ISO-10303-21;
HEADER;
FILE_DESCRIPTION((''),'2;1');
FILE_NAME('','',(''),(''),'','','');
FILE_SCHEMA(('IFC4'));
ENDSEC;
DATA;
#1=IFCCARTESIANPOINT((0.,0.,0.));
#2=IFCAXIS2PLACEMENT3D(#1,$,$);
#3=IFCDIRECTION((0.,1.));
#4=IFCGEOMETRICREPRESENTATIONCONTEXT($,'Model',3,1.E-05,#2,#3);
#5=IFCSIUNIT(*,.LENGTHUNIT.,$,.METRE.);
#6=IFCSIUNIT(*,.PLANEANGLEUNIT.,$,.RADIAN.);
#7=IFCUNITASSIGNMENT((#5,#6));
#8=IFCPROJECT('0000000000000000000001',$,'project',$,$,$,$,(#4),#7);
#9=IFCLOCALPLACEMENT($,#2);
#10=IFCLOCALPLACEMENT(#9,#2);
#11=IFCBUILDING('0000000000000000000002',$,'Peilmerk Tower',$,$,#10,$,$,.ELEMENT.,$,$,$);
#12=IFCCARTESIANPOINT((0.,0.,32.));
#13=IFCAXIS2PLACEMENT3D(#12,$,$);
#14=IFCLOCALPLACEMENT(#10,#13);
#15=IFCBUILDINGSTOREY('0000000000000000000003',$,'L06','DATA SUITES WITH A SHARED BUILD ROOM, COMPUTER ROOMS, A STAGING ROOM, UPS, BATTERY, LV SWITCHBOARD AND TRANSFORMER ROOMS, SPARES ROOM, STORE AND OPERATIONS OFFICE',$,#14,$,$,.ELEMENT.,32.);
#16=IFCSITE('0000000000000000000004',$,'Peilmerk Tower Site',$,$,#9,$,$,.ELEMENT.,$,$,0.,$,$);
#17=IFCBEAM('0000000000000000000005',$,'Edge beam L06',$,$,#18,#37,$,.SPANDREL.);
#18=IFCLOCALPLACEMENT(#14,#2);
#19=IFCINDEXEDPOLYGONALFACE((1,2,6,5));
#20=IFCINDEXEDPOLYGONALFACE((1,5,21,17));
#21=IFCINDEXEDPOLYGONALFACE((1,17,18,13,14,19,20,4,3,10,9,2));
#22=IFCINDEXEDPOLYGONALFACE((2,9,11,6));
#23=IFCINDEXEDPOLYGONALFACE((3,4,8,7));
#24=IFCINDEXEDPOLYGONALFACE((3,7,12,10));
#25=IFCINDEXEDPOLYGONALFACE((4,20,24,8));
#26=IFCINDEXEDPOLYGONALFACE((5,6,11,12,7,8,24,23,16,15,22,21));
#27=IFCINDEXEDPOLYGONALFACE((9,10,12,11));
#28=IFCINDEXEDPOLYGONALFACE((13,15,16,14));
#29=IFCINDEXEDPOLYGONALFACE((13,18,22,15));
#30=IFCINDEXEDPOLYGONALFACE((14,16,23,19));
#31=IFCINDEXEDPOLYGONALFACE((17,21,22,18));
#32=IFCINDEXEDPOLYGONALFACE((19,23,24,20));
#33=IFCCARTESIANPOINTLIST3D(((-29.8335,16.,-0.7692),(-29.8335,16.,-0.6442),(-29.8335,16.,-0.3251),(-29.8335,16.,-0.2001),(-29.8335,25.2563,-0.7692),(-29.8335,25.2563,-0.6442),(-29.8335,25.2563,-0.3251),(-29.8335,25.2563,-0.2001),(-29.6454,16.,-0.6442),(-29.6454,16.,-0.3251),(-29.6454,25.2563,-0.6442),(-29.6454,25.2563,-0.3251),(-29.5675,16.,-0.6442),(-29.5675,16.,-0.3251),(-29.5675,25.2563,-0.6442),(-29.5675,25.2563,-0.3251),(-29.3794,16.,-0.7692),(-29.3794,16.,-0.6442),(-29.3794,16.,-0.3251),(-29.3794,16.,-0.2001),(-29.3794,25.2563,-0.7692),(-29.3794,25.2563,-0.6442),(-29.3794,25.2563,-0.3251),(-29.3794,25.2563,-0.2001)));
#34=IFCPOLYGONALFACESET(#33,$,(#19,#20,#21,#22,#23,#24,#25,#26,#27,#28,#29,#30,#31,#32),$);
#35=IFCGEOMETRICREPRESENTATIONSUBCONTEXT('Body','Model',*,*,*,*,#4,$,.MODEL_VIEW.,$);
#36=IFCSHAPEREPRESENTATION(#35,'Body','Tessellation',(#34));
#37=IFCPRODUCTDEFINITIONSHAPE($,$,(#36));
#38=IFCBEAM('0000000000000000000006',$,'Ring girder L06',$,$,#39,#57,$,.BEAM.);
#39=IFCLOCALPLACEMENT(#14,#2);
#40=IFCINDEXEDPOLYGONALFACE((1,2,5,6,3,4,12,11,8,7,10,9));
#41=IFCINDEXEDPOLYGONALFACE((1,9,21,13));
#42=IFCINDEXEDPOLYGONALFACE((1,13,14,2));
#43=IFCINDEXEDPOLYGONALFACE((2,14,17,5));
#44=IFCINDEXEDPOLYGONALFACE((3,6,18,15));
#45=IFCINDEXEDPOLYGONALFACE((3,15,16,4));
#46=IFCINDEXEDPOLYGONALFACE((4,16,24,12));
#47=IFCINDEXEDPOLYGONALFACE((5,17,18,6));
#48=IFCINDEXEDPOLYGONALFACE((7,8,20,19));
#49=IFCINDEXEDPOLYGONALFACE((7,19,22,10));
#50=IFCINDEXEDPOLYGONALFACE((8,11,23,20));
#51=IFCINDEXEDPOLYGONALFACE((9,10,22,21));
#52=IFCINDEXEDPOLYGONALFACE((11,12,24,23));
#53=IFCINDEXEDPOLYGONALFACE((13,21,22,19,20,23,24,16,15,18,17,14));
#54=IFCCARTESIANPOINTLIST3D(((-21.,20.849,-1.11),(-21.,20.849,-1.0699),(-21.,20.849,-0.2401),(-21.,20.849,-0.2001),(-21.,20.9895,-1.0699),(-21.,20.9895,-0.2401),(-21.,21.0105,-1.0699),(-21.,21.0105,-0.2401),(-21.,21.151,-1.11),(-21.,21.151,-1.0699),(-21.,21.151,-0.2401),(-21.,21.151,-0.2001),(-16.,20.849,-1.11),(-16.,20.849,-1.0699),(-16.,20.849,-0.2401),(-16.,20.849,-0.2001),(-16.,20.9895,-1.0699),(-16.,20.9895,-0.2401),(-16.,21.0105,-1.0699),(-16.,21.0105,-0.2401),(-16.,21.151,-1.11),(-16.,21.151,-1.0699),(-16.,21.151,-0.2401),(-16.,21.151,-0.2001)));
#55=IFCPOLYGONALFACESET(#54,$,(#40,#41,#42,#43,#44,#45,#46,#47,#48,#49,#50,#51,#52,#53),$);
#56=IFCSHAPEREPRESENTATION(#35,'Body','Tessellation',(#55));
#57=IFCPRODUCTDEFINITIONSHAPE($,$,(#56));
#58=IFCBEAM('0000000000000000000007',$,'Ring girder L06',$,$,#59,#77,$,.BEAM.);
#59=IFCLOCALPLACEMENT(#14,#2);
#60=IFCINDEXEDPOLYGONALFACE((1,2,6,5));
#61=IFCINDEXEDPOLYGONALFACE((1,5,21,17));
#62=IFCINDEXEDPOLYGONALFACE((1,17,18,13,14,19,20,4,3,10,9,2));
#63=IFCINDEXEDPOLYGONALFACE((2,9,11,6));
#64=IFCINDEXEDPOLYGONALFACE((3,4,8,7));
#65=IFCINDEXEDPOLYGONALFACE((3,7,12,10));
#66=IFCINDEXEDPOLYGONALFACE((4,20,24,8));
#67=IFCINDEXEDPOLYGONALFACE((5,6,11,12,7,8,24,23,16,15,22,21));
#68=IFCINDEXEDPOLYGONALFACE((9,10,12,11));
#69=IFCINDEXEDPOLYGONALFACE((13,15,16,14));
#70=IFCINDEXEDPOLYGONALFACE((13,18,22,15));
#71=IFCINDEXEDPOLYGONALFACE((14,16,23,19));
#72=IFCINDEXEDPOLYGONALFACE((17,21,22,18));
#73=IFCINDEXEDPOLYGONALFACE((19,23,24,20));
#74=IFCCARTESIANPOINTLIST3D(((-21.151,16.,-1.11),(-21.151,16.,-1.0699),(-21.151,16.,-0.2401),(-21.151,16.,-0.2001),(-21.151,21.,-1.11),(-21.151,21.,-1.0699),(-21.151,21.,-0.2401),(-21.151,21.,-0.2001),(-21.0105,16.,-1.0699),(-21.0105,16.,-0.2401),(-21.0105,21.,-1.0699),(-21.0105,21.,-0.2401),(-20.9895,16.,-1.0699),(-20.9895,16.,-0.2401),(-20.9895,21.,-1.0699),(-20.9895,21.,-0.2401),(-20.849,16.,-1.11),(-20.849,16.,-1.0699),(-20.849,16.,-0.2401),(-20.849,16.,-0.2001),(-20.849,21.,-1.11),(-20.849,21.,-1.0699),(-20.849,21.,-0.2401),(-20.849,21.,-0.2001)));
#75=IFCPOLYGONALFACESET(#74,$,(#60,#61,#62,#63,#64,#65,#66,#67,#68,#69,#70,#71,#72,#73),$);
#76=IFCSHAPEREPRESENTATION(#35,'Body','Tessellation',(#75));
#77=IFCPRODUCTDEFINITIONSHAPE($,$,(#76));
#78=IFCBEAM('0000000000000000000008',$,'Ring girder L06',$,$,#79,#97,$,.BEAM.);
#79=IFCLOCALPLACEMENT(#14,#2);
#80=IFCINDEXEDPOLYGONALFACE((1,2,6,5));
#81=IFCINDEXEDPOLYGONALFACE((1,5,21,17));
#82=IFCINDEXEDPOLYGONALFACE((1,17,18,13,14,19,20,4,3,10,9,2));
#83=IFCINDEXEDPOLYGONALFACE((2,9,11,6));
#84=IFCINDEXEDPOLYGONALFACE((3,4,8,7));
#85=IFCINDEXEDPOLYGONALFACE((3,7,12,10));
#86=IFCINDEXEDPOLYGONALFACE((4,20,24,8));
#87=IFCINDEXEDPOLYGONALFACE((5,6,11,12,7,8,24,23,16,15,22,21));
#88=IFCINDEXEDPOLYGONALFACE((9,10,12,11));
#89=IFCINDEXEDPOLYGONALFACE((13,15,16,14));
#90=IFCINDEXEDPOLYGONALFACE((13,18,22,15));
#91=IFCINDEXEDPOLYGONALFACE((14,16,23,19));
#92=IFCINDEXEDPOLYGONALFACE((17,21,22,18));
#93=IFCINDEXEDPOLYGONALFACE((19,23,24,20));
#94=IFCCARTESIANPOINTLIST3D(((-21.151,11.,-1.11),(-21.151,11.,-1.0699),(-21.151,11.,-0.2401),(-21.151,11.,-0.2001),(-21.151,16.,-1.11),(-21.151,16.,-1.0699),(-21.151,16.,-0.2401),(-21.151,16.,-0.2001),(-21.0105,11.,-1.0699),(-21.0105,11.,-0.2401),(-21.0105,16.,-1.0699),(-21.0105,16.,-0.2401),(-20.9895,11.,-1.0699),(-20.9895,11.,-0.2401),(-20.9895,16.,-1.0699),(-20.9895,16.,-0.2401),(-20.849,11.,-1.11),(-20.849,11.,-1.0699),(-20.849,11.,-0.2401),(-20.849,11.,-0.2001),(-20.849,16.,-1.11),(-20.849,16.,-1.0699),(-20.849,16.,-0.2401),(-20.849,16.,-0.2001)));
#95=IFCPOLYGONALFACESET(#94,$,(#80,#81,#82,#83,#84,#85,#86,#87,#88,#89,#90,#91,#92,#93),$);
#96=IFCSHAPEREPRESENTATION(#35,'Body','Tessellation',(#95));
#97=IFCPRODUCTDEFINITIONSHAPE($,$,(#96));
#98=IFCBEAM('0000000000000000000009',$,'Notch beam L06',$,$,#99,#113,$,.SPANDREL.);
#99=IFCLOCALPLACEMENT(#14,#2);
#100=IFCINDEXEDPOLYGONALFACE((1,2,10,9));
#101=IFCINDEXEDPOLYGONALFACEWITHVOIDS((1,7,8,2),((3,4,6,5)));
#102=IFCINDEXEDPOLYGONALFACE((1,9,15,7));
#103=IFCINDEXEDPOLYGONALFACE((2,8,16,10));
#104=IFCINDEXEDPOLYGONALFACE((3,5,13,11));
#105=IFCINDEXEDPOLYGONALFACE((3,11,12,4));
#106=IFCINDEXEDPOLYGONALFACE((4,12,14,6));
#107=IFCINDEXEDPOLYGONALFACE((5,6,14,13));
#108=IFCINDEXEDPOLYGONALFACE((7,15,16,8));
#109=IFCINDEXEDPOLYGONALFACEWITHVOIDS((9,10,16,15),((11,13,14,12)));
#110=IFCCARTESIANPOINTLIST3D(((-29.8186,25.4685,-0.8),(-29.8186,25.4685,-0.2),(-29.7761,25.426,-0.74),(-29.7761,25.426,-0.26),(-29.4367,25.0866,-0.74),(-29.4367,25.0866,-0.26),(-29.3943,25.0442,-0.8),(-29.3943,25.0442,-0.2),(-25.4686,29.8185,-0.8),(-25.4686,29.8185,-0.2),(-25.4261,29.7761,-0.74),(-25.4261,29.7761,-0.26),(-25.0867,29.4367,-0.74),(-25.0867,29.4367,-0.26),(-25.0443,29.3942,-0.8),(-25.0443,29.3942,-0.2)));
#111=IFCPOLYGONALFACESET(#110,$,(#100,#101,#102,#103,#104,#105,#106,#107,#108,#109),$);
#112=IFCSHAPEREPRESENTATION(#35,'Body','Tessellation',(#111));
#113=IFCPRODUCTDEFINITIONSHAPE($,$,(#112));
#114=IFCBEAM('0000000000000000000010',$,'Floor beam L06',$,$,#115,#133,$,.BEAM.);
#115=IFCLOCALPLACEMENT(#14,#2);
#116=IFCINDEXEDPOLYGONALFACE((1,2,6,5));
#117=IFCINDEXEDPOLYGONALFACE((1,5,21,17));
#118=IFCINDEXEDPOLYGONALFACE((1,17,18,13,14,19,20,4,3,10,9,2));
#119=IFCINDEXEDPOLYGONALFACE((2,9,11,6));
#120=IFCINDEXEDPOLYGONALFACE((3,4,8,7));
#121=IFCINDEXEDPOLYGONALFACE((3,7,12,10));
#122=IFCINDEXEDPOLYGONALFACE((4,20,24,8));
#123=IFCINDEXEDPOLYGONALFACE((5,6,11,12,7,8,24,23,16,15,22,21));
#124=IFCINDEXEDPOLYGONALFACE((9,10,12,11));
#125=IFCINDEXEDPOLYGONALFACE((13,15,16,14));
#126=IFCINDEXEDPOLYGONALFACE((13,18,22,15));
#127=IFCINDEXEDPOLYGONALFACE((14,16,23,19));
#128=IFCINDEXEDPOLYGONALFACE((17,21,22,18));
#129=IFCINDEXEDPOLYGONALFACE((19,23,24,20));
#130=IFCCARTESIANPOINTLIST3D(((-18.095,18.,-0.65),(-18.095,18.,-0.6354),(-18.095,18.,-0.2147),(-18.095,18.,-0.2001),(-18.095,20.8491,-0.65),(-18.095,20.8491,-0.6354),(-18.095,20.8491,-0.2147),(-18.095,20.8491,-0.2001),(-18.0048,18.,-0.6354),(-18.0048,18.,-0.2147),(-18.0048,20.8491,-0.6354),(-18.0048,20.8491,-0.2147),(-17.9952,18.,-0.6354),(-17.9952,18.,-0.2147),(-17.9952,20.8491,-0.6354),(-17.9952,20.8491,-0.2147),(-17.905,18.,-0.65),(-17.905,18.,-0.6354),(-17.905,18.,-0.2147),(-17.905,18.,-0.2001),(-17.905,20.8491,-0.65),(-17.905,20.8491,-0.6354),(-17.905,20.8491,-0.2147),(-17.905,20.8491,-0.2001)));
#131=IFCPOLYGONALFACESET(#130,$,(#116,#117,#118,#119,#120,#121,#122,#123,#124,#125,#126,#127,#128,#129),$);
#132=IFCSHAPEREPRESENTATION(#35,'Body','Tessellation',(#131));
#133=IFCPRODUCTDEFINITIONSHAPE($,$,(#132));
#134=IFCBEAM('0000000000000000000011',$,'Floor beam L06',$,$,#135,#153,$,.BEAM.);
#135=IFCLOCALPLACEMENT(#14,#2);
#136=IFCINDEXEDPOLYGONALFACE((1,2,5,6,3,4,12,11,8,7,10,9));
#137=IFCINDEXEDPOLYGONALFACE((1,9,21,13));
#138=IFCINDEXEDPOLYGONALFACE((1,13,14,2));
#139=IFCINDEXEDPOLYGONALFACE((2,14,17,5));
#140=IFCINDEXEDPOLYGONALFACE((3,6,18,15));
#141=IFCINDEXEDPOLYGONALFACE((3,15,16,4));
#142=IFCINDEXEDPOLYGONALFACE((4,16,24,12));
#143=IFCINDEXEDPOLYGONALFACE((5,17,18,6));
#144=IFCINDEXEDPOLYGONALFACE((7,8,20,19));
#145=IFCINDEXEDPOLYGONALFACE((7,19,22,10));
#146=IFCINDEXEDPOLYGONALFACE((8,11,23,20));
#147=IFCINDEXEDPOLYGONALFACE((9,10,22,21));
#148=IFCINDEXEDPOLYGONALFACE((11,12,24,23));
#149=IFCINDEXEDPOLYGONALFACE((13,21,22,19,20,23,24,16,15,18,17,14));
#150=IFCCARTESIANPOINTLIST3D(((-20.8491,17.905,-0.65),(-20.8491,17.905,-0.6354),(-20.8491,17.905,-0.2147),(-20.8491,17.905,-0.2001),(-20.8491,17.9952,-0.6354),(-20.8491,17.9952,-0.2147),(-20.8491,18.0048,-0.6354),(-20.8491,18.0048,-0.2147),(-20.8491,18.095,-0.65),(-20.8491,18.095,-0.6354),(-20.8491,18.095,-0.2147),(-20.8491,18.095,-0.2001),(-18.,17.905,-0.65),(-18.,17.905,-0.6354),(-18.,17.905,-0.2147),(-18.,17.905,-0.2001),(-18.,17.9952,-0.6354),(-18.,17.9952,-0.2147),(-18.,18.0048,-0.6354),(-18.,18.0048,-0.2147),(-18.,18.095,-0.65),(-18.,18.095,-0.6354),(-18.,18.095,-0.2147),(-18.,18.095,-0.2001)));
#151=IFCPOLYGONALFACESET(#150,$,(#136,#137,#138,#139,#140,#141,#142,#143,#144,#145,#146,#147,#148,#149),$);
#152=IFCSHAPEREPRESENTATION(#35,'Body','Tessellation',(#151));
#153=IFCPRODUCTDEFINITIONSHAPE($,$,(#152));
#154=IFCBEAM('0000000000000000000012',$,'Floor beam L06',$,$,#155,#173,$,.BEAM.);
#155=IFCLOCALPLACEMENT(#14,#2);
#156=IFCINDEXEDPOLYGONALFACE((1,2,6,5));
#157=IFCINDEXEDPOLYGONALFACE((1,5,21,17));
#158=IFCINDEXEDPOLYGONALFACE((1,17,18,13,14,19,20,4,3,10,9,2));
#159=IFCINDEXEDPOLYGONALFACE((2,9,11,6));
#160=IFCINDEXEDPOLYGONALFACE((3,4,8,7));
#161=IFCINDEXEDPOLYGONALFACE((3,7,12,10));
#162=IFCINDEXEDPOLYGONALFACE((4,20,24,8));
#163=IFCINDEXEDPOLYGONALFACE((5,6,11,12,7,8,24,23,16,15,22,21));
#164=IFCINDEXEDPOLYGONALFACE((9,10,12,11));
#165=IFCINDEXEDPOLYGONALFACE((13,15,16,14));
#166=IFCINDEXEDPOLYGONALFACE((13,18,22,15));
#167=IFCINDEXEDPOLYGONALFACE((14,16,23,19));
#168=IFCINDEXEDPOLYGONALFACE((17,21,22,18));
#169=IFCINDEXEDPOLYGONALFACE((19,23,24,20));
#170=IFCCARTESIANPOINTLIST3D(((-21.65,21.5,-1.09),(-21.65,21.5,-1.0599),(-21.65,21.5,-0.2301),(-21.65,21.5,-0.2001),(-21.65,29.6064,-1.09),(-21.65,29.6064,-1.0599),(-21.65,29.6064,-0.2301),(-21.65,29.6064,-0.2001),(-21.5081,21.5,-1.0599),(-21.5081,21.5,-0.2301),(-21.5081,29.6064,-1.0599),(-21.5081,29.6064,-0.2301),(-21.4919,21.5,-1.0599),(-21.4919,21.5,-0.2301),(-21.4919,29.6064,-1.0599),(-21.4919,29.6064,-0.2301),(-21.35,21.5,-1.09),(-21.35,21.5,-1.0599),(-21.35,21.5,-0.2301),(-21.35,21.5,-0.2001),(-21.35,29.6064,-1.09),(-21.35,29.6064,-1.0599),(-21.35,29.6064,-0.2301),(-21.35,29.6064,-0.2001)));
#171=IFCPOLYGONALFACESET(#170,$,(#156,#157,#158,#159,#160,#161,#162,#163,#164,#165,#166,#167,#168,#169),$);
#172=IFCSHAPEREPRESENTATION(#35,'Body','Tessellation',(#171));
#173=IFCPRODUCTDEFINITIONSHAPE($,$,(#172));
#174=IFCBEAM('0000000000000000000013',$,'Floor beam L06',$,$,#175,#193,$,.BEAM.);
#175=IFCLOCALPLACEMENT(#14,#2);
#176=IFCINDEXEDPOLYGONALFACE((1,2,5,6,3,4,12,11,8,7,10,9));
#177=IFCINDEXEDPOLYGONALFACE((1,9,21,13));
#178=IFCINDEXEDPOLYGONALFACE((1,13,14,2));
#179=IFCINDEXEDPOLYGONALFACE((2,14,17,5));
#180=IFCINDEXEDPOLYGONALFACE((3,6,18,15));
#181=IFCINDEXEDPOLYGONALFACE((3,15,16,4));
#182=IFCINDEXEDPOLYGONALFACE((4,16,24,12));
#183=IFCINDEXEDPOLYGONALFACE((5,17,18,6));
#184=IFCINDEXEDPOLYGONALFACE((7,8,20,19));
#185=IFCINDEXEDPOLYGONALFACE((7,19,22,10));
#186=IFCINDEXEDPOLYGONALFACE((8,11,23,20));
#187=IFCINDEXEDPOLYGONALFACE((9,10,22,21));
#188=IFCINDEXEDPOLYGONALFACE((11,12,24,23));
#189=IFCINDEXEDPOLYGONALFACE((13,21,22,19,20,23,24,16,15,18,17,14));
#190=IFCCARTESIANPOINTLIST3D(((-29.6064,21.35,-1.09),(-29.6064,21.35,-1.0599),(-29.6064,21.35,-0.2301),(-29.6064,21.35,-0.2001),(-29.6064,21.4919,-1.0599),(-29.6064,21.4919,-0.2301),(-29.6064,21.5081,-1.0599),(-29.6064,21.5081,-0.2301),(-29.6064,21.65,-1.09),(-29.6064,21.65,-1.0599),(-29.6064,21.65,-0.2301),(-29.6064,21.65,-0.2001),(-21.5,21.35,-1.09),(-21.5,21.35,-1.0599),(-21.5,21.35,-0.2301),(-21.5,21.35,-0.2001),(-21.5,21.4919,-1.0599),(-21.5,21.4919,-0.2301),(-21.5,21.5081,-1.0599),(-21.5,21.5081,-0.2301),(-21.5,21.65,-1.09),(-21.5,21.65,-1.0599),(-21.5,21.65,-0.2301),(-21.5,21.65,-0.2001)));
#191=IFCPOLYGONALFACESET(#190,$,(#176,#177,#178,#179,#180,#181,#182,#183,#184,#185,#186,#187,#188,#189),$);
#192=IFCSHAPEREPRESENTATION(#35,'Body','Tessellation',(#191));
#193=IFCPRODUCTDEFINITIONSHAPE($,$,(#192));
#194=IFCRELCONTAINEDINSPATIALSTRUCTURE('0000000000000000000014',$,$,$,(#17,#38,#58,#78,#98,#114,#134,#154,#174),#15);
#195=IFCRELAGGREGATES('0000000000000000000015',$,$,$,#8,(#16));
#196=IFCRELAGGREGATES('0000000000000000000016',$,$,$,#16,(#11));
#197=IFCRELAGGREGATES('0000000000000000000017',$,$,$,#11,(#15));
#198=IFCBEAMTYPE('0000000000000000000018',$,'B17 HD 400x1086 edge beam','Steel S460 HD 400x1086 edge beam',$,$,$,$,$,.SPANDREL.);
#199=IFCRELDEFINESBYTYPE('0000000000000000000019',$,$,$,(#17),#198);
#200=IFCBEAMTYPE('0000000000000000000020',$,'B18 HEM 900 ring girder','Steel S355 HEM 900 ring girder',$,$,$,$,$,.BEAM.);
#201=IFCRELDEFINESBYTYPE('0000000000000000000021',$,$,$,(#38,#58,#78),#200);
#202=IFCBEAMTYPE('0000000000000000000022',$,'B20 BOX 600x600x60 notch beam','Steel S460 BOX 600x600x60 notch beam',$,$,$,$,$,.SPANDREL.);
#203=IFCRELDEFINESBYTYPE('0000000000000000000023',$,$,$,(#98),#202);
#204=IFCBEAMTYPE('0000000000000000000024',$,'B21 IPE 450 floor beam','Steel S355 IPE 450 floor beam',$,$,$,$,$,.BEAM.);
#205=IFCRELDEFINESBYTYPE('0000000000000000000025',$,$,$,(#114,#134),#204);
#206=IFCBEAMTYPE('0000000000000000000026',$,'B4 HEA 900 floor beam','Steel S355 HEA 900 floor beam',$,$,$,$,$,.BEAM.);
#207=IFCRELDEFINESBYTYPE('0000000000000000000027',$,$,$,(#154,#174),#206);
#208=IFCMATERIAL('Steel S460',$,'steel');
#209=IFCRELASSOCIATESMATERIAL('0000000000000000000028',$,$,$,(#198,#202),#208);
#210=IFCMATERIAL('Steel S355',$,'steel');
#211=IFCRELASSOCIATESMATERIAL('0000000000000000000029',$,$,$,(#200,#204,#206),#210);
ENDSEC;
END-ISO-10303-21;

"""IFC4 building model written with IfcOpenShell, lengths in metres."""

from ifc_helpers import new_model, si_unit, direction, frame, origin, origin_2d, place, context, subcontext, project, spatial, hollow_rectangle, i_section, extrude, material, material_profile, profile_set, type_object, element, save


model = new_model("IFC4")

# Units and contexts
model_context = context("Model", 3, precision=1e-05, world=origin(), true_north=direction((0.0, 1.0)))
body_context = subcontext(model_context, "Body", "Model", "MODEL_VIEW")
ifc_project = project(units=[si_unit("LENGTHUNIT", "METRE"), si_unit("PLANEANGLEUNIT", "RADIAN")], contexts=[model_context])

# Site, building, storey
site_placement = place(None, origin())
site = spatial("IfcSite", under=ifc_project, at=site_placement, Name="Peilmerk Tower Site", CompositionType="ELEMENT", RefElevation=0.0)
building_placement = place(site_placement, origin())
building = spatial("IfcBuilding", under=site, at=building_placement, Name="Peilmerk Tower", CompositionType="ELEMENT")
storey_placement = place(building_placement, frame((0.0, 0.0, 32.0)))
storey = spatial("IfcBuildingStorey", under=building, at=storey_placement, Name="L06", Description="DATA SUITES WITH A SHARED BUILD ROOM, COMPUTER ROOMS, A STAGING ROOM, UPS, BATTERY, LV SWITCHBOARD AND TRANSFORMER ROOMS, SPARES ROOM, STORE AND OPERATIONS OFFICE", CompositionType="ELEMENT", Elevation=32.0)

# Beams
ifc_material_1 = material(Name="Steel S355", Category="steel")
ifc_material_2 = material(Name="Steel S460", Category="steel")
ifc_material_profile_1 = material_profile(ifc_material_2, i_section(OverallWidth=0.4541, OverallDepth=0.5691, WebThickness=0.0779, FlangeThickness=0.125, at=origin_2d()), Name="HD 400x1086")
ifc_profile_set_1 = profile_set([ifc_material_profile_1], Name="Steel S460")
beam_type_1 = type_object("IfcBeamType", Name="B17 HD 400x1086 edge beam", Description="Steel S460 HD 400x1086 edge beam", PredefinedType="SPANDREL", material=ifc_profile_set_1)
for number, where, z_axis, x_axis, name in (
    (1, (-29.6064, 25.2563, -0.4846), (0.0, -1.0, 0.0), (1.0, 0.0, 0.0), "Edge beam L06"),
):
    element("IfcBeam", number, at=place(storey_placement, frame(where, z_axis=z_axis, x_axis=x_axis)), inside=storey, type_object=beam_type_1, Name=name, PredefinedType="SPANDREL", context=body_context, shape_type="SweptSolid", body=[
        extrude(i_section(OverallWidth=0.4541, OverallDepth=0.5691, WebThickness=0.0779, FlangeThickness=0.125, at=origin_2d()), origin(), (0.0, 0.0, 1.0), 9.2563),
    ])
ifc_material_profile_2 = material_profile(ifc_material_1, i_section(OverallWidth=0.302, OverallDepth=0.9099, WebThickness=0.021, FlangeThickness=0.04, at=origin_2d()), Name="HEM 900")
ifc_profile_set_2 = profile_set([ifc_material_profile_2], Name="Steel S355")
beam_type_2 = type_object("IfcBeamType", Name="B18 HEM 900 ring girder", Description="Steel S355 HEM 900 ring girder", PredefinedType="BEAM", material=ifc_profile_set_2)
for number, where, z_axis, x_axis, name in (
    (2, (-16.0, 21.0, -0.655), (-1.0, 0.0, 0.0), (0.0, -1.0, 0.0), "Ring girder L06"),
    (3, (-21.0, 21.0, -0.655), (0.0, -1.0, 0.0), (1.0, 0.0, 0.0), "Ring girder L06"),
    (4, (-21.0, 16.0, -0.655), (0.0, -1.0, 0.0), (1.0, 0.0, 0.0), "Ring girder L06"),
):
    element("IfcBeam", number, at=place(storey_placement, frame(where, z_axis=z_axis, x_axis=x_axis)), inside=storey, type_object=beam_type_2, Name=name, PredefinedType="BEAM", context=body_context, shape_type="SweptSolid", body=[
        extrude(i_section(OverallWidth=0.302, OverallDepth=0.9099, WebThickness=0.021, FlangeThickness=0.04, at=origin_2d()), origin(), (0.0, 0.0, 1.0), 5.0),
    ])
ifc_material_profile_3 = material_profile(ifc_material_2, hollow_rectangle(XDim=0.6001, YDim=0.6001, WallThickness=0.0601, at=origin_2d()), Name="BOX 600x600x60")
ifc_profile_set_3 = profile_set([ifc_material_profile_3], Name="Steel S460")
beam_type_3 = type_object("IfcBeamType", Name="B20 BOX 600x600x60 notch beam", Description="Steel S460 BOX 600x600x60 notch beam", PredefinedType="SPANDREL", material=ifc_profile_set_3)
beam_1_placement = place(storey_placement, frame((-29.6064, 25.2563, -0.5), z_axis=(0.707107, 0.707107, 0.0), x_axis=(-0.707107, 0.707107, 0.0)))
element("IfcBeam", 5, at=beam_1_placement, inside=storey, type_object=beam_type_3, Name="Notch beam L06", PredefinedType="SPANDREL", context=body_context, shape_type="SweptSolid", body=[
    extrude(hollow_rectangle(XDim=0.6001, YDim=0.6001, WallThickness=0.0601, at=origin_2d()), origin(), (0.0, 0.0, 1.0), 6.1519),
])
ifc_material_profile_4 = material_profile(ifc_material_1, i_section(OverallWidth=0.1899, OverallDepth=0.45, WebThickness=0.0095, FlangeThickness=0.0146, at=origin_2d()), Name="IPE 450")
ifc_profile_set_4 = profile_set([ifc_material_profile_4], Name="Steel S355")
beam_type_4 = type_object("IfcBeamType", Name="B21 IPE 450 floor beam", Description="Steel S355 IPE 450 floor beam", PredefinedType="BEAM", material=ifc_profile_set_4)
for number, where, z_axis, x_axis, name in (
    (6, (-18.0, 18.0, -0.425), (0.0, 1.0, 0.0), (-1.0, 0.0, 0.0), "Floor beam L06"),
    (7, (-18.0, 18.0, -0.425), (-1.0, 0.0, 0.0), (0.0, -1.0, 0.0), "Floor beam L06"),
):
    element("IfcBeam", number, at=place(storey_placement, frame(where, z_axis=z_axis, x_axis=x_axis)), inside=storey, type_object=beam_type_4, Name=name, PredefinedType="BEAM", context=body_context, shape_type="SweptSolid", body=[
        extrude(i_section(OverallWidth=0.1899, OverallDepth=0.45, WebThickness=0.0095, FlangeThickness=0.0146, at=origin_2d()), origin(), (0.0, 0.0, 1.0), 2.8491),
    ])
ifc_material_profile_5 = material_profile(ifc_material_1, i_section(OverallWidth=0.3, OverallDepth=0.8899, WebThickness=0.0161, FlangeThickness=0.03, at=origin_2d()), Name="HEA 900")
ifc_profile_set_5 = profile_set([ifc_material_profile_5], Name="Steel S355")
beam_type_5 = type_object("IfcBeamType", Name="B4 HEA 900 floor beam", Description="Steel S355 HEA 900 floor beam", PredefinedType="BEAM", material=ifc_profile_set_5)
for number, where, z_axis, x_axis, name in (
    (8, (-21.5, 21.5, -0.645), (0.0, 1.0, 0.0), (-1.0, 0.0, 0.0), "Floor beam L06"),
    (9, (-21.5, 21.5, -0.645), (-1.0, 0.0, 0.0), (0.0, -1.0, 0.0), "Floor beam L06"),
):
    element("IfcBeam", number, at=place(storey_placement, frame(where, z_axis=z_axis, x_axis=x_axis)), inside=storey, type_object=beam_type_5, Name=name, PredefinedType="BEAM", context=body_context, shape_type="SweptSolid", body=[
        extrude(i_section(OverallWidth=0.3, OverallDepth=0.8899, WebThickness=0.0161, FlangeThickness=0.03, at=origin_2d()), origin(), (0.0, 0.0, 1.0), 8.1064),
    ])

save(model, "model.ifc")
